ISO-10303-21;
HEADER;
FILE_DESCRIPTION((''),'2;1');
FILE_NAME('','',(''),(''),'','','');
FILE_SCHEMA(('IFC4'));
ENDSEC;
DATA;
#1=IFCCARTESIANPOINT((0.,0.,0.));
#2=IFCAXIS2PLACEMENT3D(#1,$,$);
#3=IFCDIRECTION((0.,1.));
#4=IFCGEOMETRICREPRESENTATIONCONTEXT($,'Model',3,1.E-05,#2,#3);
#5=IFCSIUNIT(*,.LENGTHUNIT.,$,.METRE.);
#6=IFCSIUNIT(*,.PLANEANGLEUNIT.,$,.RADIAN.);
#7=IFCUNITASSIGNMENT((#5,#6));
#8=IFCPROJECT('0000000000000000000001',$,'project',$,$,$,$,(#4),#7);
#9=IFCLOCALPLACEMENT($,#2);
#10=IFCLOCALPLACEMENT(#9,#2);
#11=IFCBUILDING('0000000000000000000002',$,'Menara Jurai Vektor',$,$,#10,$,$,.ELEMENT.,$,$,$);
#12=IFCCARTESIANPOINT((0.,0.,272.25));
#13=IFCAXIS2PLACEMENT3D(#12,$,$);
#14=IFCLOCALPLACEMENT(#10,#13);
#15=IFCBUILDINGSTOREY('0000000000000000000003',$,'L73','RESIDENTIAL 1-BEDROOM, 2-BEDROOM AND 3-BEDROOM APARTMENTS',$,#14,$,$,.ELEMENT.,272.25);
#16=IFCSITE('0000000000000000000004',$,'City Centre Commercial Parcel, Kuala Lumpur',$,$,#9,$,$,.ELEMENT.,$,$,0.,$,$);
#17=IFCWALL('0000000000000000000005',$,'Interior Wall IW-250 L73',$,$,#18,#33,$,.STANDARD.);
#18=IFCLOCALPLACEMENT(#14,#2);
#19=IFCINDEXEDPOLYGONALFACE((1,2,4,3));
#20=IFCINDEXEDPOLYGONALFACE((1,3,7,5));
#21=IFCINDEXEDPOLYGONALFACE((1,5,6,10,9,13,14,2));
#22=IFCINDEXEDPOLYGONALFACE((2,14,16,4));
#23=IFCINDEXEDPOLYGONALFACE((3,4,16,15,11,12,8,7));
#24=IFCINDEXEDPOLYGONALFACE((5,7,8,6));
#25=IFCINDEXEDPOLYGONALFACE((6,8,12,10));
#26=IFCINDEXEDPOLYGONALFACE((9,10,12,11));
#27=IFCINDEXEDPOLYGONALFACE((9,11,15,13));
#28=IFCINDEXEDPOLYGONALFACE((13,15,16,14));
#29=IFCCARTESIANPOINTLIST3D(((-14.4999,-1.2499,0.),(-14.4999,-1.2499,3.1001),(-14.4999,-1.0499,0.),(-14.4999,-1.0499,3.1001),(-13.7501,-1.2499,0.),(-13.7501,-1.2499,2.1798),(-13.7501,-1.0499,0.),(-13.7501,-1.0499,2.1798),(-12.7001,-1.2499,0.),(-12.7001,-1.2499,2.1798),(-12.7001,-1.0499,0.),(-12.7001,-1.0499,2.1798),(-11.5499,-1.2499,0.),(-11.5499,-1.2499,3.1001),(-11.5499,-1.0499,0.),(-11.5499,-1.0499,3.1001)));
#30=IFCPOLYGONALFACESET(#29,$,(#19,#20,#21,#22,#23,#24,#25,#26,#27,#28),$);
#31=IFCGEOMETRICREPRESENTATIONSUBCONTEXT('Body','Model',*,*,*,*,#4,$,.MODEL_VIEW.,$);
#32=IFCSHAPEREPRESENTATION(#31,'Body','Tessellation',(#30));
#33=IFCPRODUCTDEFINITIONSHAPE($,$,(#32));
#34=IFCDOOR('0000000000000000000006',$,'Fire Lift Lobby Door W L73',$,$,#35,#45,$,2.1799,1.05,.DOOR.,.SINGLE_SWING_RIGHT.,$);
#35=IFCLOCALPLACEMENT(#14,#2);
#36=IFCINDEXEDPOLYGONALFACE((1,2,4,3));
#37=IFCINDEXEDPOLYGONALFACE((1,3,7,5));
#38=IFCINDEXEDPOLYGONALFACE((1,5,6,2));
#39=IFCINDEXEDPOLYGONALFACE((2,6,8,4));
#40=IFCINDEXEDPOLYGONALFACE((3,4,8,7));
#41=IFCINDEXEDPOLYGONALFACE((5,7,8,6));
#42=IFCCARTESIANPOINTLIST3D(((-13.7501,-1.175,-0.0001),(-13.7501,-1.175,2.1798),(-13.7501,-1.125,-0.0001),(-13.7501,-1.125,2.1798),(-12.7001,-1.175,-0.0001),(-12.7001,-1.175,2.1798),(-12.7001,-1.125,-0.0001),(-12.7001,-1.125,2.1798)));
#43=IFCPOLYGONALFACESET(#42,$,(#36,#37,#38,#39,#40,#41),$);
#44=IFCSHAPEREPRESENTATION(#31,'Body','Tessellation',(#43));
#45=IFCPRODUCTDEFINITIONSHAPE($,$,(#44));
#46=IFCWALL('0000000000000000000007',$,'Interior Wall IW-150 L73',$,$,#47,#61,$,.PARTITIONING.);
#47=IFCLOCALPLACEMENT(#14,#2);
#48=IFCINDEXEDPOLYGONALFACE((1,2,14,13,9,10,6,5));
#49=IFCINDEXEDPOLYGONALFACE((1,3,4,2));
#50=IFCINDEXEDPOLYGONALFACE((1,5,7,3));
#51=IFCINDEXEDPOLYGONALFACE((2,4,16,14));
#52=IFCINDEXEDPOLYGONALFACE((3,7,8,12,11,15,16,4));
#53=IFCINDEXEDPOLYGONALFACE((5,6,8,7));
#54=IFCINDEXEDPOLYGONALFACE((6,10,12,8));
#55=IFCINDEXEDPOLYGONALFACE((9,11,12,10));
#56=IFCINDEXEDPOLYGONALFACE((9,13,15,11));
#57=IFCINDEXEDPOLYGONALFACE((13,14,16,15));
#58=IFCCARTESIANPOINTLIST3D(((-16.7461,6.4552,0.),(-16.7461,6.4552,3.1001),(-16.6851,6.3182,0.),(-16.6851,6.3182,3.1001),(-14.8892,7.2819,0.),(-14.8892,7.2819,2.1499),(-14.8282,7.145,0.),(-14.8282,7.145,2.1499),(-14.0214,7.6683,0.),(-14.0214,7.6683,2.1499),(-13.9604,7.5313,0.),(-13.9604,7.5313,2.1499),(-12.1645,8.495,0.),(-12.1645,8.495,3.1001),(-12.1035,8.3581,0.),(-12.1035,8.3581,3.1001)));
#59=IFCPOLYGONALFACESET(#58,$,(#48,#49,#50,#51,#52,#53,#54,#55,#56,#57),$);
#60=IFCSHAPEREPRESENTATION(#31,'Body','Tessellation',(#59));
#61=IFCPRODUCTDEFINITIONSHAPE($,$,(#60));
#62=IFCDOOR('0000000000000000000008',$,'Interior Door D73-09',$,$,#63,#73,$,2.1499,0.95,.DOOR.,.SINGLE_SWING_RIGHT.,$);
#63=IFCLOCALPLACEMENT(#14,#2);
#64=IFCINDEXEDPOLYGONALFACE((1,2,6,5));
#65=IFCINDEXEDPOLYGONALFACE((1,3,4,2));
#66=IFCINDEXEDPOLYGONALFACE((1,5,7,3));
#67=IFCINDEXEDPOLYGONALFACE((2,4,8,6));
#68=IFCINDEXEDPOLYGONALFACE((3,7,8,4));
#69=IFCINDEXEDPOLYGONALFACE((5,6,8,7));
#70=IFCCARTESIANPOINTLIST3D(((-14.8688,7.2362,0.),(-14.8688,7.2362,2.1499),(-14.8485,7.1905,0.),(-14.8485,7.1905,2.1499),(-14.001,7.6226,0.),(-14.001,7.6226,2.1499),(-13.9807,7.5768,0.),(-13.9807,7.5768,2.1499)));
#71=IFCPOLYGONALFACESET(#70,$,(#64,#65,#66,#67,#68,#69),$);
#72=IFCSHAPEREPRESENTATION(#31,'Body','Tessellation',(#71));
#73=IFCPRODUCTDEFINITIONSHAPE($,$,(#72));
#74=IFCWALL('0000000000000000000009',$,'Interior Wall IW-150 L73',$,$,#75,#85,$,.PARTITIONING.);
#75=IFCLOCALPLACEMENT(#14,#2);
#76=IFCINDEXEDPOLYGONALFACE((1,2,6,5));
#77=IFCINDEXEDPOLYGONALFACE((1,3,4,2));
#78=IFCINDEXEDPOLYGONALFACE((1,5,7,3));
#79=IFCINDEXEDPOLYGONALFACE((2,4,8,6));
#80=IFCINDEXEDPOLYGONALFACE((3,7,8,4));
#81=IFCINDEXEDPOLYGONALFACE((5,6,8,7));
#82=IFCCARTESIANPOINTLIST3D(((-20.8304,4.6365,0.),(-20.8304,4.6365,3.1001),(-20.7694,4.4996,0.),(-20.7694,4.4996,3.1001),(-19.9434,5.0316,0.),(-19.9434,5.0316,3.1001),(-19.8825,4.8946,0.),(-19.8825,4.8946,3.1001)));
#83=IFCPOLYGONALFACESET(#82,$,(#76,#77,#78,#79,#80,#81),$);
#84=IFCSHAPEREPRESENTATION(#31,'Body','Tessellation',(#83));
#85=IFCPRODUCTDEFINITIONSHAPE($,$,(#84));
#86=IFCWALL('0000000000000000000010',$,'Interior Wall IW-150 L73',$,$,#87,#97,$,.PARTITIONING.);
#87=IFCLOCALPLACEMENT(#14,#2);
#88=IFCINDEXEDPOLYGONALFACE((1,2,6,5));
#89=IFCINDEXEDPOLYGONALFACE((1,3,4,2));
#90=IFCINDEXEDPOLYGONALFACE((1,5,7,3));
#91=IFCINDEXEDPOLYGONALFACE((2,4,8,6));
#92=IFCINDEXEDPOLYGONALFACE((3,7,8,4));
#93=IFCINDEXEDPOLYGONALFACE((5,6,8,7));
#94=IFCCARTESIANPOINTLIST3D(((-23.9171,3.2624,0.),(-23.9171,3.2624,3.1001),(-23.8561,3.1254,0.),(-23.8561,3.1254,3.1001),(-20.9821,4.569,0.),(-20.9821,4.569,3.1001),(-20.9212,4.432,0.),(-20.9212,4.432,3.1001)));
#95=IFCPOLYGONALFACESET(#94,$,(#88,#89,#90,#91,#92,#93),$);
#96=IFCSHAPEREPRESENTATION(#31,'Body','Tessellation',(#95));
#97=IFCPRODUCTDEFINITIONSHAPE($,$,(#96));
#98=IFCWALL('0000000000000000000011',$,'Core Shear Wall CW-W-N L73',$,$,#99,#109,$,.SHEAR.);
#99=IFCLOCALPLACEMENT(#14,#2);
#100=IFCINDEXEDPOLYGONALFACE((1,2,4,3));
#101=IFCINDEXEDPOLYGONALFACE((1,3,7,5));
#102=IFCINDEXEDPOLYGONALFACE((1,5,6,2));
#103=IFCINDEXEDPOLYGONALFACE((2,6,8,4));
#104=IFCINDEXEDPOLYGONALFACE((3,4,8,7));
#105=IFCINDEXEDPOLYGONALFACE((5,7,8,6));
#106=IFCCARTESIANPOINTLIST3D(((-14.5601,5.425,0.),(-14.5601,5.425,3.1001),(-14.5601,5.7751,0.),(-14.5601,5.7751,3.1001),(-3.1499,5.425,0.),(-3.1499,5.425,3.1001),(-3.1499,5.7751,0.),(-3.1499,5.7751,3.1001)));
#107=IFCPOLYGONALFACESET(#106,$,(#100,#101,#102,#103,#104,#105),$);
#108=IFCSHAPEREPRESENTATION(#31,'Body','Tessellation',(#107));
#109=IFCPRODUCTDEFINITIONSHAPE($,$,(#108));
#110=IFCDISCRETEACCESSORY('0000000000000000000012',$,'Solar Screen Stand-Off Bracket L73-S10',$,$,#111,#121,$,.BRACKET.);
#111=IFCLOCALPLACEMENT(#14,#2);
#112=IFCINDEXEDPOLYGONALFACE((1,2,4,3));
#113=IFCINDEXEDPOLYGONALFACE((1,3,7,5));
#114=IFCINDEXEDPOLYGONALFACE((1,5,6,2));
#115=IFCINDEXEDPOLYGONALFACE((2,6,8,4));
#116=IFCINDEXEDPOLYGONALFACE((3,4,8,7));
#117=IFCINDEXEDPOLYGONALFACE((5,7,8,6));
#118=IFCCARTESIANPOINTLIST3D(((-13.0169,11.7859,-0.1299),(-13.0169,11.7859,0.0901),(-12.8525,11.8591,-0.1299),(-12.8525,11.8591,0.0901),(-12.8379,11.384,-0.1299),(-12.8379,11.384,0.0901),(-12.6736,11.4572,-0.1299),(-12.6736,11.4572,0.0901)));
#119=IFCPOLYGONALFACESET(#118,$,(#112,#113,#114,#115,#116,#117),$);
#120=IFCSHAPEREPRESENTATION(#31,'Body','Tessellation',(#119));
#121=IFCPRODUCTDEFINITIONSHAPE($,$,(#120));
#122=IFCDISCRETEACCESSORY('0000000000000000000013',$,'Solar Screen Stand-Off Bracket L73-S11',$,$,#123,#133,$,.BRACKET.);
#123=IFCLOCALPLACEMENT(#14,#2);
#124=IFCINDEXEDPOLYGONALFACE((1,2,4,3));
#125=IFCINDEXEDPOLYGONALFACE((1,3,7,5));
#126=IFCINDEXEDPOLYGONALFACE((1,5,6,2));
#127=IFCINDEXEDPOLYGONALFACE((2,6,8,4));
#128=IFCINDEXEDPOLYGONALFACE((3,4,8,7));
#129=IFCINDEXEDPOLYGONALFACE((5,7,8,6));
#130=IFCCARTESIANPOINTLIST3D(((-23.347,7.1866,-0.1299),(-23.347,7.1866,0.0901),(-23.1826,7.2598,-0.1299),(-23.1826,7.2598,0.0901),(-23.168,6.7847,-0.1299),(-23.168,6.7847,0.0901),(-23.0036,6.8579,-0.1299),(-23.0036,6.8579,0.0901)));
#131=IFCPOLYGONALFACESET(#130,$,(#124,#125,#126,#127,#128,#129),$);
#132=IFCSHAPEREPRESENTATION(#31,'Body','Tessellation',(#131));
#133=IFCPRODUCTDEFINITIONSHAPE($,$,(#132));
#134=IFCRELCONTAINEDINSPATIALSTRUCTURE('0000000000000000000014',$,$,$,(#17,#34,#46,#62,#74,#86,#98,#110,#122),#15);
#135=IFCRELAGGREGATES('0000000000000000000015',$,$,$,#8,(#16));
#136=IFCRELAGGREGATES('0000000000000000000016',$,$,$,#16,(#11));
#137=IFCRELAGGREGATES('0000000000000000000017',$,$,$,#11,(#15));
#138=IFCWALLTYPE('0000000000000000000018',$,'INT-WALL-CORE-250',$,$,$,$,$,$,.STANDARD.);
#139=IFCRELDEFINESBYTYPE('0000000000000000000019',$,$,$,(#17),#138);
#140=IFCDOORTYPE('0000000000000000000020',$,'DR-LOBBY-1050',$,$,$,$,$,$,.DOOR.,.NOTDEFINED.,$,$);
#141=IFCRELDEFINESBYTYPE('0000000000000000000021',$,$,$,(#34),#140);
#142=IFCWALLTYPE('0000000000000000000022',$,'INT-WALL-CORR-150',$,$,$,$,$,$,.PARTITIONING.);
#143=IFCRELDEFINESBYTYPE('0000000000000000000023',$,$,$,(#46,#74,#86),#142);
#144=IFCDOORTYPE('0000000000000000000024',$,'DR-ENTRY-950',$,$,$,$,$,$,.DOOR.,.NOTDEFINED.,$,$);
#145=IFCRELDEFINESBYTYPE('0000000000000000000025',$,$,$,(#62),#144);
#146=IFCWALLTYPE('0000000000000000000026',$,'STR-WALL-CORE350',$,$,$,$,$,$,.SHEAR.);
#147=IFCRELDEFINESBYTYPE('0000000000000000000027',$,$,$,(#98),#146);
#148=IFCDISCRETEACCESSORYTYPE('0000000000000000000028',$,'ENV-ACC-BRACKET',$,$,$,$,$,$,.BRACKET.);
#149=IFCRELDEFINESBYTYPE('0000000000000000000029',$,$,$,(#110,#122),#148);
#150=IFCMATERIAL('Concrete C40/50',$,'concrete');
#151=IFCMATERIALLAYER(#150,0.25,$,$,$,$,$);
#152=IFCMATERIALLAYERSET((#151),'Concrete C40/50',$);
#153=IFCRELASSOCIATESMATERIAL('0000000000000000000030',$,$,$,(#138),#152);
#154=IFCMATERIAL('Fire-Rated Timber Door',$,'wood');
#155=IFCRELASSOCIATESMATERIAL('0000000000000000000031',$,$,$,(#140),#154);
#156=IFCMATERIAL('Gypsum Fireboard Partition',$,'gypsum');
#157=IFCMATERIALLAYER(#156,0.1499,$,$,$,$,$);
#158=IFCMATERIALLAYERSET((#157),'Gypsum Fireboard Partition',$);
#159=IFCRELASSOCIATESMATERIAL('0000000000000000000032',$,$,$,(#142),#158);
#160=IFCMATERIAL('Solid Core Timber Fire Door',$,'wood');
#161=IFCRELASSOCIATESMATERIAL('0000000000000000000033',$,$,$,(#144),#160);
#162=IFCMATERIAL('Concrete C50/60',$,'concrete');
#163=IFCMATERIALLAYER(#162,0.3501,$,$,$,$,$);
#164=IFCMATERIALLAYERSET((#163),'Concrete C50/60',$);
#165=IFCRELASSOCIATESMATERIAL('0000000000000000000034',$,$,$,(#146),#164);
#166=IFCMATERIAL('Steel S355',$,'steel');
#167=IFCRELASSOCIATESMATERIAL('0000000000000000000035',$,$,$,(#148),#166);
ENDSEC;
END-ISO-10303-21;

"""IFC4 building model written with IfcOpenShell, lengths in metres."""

from ifc_helpers import new_model, si_unit, direction, frame, frame_2d, origin, origin_2d, place, context, subcontext, project, spatial, rectangle, extrude, material, layer, layer_set, type_object, element, fill, save


model = new_model("IFC4")

# Units and contexts
model_context = context("Model", 3, precision=1e-05, world=origin(), true_north=direction((0.0, 1.0)))
body_context = subcontext(model_context, "Body", "Model", "MODEL_VIEW")
ifc_project = project(units=[si_unit("LENGTHUNIT", "METRE"), si_unit("PLANEANGLEUNIT", "RADIAN")], contexts=[model_context])

# Site, building, storey
site_placement = place(None, origin())
site = spatial("IfcSite", under=ifc_project, at=site_placement, Name="City Centre Commercial Parcel, Kuala Lumpur", CompositionType="ELEMENT", RefElevation=0.0)
building_placement = place(site_placement, origin())
building = spatial("IfcBuilding", under=site, at=building_placement, Name="Menara Jurai Vektor", CompositionType="ELEMENT")
storey_placement = place(building_placement, frame((0.0, 0.0, 272.25)))
storey = spatial("IfcBuildingStorey", under=building, at=storey_placement, Name="L73", Description="RESIDENTIAL 1-BEDROOM, 2-BEDROOM AND 3-BEDROOM APARTMENTS", CompositionType="ELEMENT", Elevation=272.25)

# Shared definitions
ifc_material_1 = material(Name="Concrete C50/60", Category="concrete")

# Shared definitions
ifc_material_2 = material(Name="Steel S355", Category="steel")

# Walls, openings, doors
ifc_material_3 = material(Name="Concrete C40/50", Category="concrete")
ifc_layer_1 = layer(ifc_material_3, 0.25)
ifc_layer_set_1 = layer_set([ifc_layer_1], Name="Concrete C40/50")
wall_type_1 = type_object("IfcWallType", Name="INT-WALL-CORE-250", PredefinedType="STANDARD", material=ifc_layer_set_1)
wall_1_placement = place(storey_placement, frame((-14.5, -1.1499, 0.0), z_axis=(0.0, 0.0, 1.0), x_axis=(1.0, 0.0, 0.0)))
wall_1 = element("IfcWall", 1, at=wall_1_placement, inside=storey, type_object=wall_type_1, Name="Interior Wall IW-250 L73", PredefinedType="STANDARD", context=body_context, shape_type="SweptSolid", body=[
    extrude(rectangle(XDim=2.95, YDim=0.2, at=frame_2d((1.4751, 0.0))), origin(), (0.0, 0.0, 1.0), 3.1001),
])
opening_1_placement = place(wall_1_placement, frame((0.75, 0.0, 0.0)))
opening_1 = element("IfcOpeningElement", 2, at=opening_1_placement, cuts=wall_1, PredefinedType="OPENING", context=body_context, shape_type="SweptSolid", body=[
    extrude(rectangle(XDim=1.05, YDim=2.1799, at=frame_2d((0.5249, 1.0898))), frame((0.0, 0.1099, 0.0), z_axis=(0.0, -1.0, 0.0), x_axis=(1.0, 0.0, 0.0)), (0.0, 0.0, 1.0), 0.22),
])
ifc_material_4 = material(Name="Fire-Rated Timber Door", Category="wood")
door_type_1 = type_object("IfcDoorType", Name="DR-LOBBY-1050", OperationType="NOTDEFINED", PredefinedType="DOOR", material=ifc_material_4)
door_1_placement = place(opening_1_placement, origin())
door_1 = element("IfcDoor", 3, at=door_1_placement, inside=storey, type_object=door_type_1, Name="Fire Lift Lobby Door W L73", OperationType="SINGLE_SWING_RIGHT", OverallHeight=2.1799, OverallWidth=1.05, PredefinedType="DOOR", context=body_context, shape_type="SweptSolid", body=[
    extrude(rectangle(XDim=1.05, YDim=2.1799, at=frame_2d((0.5249, 1.0898))), frame((0.0, 0.0249, 0.0), z_axis=(0.0, -1.0, 0.0), x_axis=(1.0, 0.0, 0.0)), (0.0, 0.0, 1.0), 0.05),
])
fill(opening_1, door_1)
ifc_material_5 = material(Name="Gypsum Fireboard Partition", Category="gypsum")
ifc_layer_2 = layer(ifc_material_5, 0.1499)
ifc_layer_set_2 = layer_set([ifc_layer_2], Name="Gypsum Fireboard Partition")
wall_type_2 = type_object("IfcWallType", Name="INT-WALL-CORR-150", PredefinedType="PARTITIONING", material=ifc_layer_set_2)
wall_2_placement = place(storey_placement, frame((-16.7156, 6.3867, 0.0), z_axis=(0.0, 0.0, 1.0), x_axis=(0.913548, 0.40673, 0.0)))
wall_2 = element("IfcWall", 4, at=wall_2_placement, inside=storey, type_object=wall_type_2, Name="Interior Wall IW-150 L73", PredefinedType="PARTITIONING", context=body_context, shape_type="SweptSolid", body=[
    extrude(rectangle(XDim=5.0151, YDim=0.1499, at=frame_2d((2.5076, 0.0))), origin(), (0.0, 0.0, 1.0), 3.1001),
])
opening_2_placement = place(wall_2_placement, frame((2.0325, 0.0, 0.0)))
opening_2 = element("IfcOpeningElement", 5, at=opening_2_placement, cuts=wall_2, PredefinedType="OPENING", context=body_context, shape_type="SweptSolid", body=[
    extrude(rectangle(XDim=0.95, YDim=2.1499, at=frame_2d((0.4751, 1.075))), frame((0.0, 0.085, 0.0), z_axis=(0.0, -1.0, 0.0), x_axis=(1.0, 0.0, 0.0)), (0.0, 0.0, 1.0), 0.1699),
])
ifc_material_6 = material(Name="Solid Core Timber Fire Door", Category="wood")
door_type_2 = type_object("IfcDoorType", Name="DR-ENTRY-950", OperationType="NOTDEFINED", PredefinedType="DOOR", material=ifc_material_6)
door_2_placement = place(opening_2_placement, origin())
door_2 = element("IfcDoor", 6, at=door_2_placement, inside=storey, type_object=door_type_2, Name="Interior Door D73-09", OperationType="SINGLE_SWING_RIGHT", OverallHeight=2.1499, OverallWidth=0.95, PredefinedType="DOOR", context=body_context, shape_type="SweptSolid", body=[
    extrude(rectangle(XDim=0.95, YDim=2.1499, at=frame_2d((0.4751, 1.075))), frame((0.0, 0.0249, 0.0), z_axis=(0.0, -1.0, 0.0), x_axis=(1.0, 0.0, 0.0)), (0.0, 0.0, 1.0), 0.05),
])
fill(opening_2, door_2)

# Walls
wall_3_placement = place(storey_placement, frame((-20.7998, 4.5681, 0.0), z_axis=(0.0, 0.0, 1.0), x_axis=(0.9135, 0.406838, 0.0)))
element("IfcWall", 7, at=wall_3_placement, inside=storey, type_object=wall_type_2, Name="Interior Wall IW-150 L73", PredefinedType="PARTITIONING", context=body_context, shape_type="SweptSolid", body=[
    extrude(rectangle(XDim=0.9709, YDim=0.1499, at=frame_2d((0.4854, 0.0))), origin(), (0.0, 0.0, 1.0), 3.1001),
])
wall_4_placement = place(storey_placement, frame((-23.8867, 3.1938, 0.0), z_axis=(0.0, 0.0, 1.0), x_axis=(0.913561, 0.406702, 0.0)))
element("IfcWall", 8, at=wall_4_placement, inside=storey, type_object=wall_type_2, Name="Interior Wall IW-150 L73", PredefinedType="PARTITIONING", context=body_context, shape_type="SweptSolid", body=[
    extrude(rectangle(XDim=3.2126, YDim=0.1499, at=frame_2d((1.6064, 0.0))), origin(), (0.0, 0.0, 1.0), 3.1001),
])
ifc_layer_3 = layer(ifc_material_1, 0.3501)
ifc_layer_set_3 = layer_set([ifc_layer_3], Name="Concrete C50/60")
wall_type_3 = type_object("IfcWallType", Name="STR-WALL-CORE350", PredefinedType="SHEAR", material=ifc_layer_set_3)
wall_5_placement = place(storey_placement, frame((-14.5601, 5.6001, 0.0), z_axis=(0.0, 0.0, 1.0), x_axis=(1.0, 0.0, 0.0)))
element("IfcWall", 9, at=wall_5_placement, inside=storey, type_object=wall_type_3, Name="Core Shear Wall CW-W-N L73", PredefinedType="SHEAR", context=body_context, shape_type="SweptSolid", body=[
    extrude(rectangle(XDim=11.4102, YDim=0.3501, at=frame_2d((5.7051, 0.0))), origin(), (0.0, 0.0, 1.0), 3.1001),
])

# Discrete accessories
discrete_accessory_type = type_object("IfcDiscreteAccessoryType", Name="ENV-ACC-BRACKET", PredefinedType="BRACKET", material=ifc_material_2)
for number, where, z_axis, x_axis, name in (
    (10, (-12.8452, 11.6216, -0.1299), (0.0, 0.0, 1.0), (-0.913545, -0.406737, 0.0), "Solar Screen Stand-Off Bracket L73-S10"),
    (11, (-23.1753, 7.0222, -0.1299), (0.0, 0.0, 1.0), (-0.913545, -0.406737, 0.0), "Solar Screen Stand-Off Bracket L73-S11"),
):
    element("IfcDiscreteAccessory", number, at=place(storey_placement, frame(where, z_axis=z_axis, x_axis=x_axis)), inside=storey, type_object=discrete_accessory_type, Name=name, PredefinedType="BRACKET", context=body_context, shape_type="SweptSolid", body=[
        extrude(rectangle(XDim=0.1799, YDim=0.4399, at=origin_2d()), origin(), (0.0, 0.0, 1.0), 0.22),
    ])

save(model, "model.ifc")
